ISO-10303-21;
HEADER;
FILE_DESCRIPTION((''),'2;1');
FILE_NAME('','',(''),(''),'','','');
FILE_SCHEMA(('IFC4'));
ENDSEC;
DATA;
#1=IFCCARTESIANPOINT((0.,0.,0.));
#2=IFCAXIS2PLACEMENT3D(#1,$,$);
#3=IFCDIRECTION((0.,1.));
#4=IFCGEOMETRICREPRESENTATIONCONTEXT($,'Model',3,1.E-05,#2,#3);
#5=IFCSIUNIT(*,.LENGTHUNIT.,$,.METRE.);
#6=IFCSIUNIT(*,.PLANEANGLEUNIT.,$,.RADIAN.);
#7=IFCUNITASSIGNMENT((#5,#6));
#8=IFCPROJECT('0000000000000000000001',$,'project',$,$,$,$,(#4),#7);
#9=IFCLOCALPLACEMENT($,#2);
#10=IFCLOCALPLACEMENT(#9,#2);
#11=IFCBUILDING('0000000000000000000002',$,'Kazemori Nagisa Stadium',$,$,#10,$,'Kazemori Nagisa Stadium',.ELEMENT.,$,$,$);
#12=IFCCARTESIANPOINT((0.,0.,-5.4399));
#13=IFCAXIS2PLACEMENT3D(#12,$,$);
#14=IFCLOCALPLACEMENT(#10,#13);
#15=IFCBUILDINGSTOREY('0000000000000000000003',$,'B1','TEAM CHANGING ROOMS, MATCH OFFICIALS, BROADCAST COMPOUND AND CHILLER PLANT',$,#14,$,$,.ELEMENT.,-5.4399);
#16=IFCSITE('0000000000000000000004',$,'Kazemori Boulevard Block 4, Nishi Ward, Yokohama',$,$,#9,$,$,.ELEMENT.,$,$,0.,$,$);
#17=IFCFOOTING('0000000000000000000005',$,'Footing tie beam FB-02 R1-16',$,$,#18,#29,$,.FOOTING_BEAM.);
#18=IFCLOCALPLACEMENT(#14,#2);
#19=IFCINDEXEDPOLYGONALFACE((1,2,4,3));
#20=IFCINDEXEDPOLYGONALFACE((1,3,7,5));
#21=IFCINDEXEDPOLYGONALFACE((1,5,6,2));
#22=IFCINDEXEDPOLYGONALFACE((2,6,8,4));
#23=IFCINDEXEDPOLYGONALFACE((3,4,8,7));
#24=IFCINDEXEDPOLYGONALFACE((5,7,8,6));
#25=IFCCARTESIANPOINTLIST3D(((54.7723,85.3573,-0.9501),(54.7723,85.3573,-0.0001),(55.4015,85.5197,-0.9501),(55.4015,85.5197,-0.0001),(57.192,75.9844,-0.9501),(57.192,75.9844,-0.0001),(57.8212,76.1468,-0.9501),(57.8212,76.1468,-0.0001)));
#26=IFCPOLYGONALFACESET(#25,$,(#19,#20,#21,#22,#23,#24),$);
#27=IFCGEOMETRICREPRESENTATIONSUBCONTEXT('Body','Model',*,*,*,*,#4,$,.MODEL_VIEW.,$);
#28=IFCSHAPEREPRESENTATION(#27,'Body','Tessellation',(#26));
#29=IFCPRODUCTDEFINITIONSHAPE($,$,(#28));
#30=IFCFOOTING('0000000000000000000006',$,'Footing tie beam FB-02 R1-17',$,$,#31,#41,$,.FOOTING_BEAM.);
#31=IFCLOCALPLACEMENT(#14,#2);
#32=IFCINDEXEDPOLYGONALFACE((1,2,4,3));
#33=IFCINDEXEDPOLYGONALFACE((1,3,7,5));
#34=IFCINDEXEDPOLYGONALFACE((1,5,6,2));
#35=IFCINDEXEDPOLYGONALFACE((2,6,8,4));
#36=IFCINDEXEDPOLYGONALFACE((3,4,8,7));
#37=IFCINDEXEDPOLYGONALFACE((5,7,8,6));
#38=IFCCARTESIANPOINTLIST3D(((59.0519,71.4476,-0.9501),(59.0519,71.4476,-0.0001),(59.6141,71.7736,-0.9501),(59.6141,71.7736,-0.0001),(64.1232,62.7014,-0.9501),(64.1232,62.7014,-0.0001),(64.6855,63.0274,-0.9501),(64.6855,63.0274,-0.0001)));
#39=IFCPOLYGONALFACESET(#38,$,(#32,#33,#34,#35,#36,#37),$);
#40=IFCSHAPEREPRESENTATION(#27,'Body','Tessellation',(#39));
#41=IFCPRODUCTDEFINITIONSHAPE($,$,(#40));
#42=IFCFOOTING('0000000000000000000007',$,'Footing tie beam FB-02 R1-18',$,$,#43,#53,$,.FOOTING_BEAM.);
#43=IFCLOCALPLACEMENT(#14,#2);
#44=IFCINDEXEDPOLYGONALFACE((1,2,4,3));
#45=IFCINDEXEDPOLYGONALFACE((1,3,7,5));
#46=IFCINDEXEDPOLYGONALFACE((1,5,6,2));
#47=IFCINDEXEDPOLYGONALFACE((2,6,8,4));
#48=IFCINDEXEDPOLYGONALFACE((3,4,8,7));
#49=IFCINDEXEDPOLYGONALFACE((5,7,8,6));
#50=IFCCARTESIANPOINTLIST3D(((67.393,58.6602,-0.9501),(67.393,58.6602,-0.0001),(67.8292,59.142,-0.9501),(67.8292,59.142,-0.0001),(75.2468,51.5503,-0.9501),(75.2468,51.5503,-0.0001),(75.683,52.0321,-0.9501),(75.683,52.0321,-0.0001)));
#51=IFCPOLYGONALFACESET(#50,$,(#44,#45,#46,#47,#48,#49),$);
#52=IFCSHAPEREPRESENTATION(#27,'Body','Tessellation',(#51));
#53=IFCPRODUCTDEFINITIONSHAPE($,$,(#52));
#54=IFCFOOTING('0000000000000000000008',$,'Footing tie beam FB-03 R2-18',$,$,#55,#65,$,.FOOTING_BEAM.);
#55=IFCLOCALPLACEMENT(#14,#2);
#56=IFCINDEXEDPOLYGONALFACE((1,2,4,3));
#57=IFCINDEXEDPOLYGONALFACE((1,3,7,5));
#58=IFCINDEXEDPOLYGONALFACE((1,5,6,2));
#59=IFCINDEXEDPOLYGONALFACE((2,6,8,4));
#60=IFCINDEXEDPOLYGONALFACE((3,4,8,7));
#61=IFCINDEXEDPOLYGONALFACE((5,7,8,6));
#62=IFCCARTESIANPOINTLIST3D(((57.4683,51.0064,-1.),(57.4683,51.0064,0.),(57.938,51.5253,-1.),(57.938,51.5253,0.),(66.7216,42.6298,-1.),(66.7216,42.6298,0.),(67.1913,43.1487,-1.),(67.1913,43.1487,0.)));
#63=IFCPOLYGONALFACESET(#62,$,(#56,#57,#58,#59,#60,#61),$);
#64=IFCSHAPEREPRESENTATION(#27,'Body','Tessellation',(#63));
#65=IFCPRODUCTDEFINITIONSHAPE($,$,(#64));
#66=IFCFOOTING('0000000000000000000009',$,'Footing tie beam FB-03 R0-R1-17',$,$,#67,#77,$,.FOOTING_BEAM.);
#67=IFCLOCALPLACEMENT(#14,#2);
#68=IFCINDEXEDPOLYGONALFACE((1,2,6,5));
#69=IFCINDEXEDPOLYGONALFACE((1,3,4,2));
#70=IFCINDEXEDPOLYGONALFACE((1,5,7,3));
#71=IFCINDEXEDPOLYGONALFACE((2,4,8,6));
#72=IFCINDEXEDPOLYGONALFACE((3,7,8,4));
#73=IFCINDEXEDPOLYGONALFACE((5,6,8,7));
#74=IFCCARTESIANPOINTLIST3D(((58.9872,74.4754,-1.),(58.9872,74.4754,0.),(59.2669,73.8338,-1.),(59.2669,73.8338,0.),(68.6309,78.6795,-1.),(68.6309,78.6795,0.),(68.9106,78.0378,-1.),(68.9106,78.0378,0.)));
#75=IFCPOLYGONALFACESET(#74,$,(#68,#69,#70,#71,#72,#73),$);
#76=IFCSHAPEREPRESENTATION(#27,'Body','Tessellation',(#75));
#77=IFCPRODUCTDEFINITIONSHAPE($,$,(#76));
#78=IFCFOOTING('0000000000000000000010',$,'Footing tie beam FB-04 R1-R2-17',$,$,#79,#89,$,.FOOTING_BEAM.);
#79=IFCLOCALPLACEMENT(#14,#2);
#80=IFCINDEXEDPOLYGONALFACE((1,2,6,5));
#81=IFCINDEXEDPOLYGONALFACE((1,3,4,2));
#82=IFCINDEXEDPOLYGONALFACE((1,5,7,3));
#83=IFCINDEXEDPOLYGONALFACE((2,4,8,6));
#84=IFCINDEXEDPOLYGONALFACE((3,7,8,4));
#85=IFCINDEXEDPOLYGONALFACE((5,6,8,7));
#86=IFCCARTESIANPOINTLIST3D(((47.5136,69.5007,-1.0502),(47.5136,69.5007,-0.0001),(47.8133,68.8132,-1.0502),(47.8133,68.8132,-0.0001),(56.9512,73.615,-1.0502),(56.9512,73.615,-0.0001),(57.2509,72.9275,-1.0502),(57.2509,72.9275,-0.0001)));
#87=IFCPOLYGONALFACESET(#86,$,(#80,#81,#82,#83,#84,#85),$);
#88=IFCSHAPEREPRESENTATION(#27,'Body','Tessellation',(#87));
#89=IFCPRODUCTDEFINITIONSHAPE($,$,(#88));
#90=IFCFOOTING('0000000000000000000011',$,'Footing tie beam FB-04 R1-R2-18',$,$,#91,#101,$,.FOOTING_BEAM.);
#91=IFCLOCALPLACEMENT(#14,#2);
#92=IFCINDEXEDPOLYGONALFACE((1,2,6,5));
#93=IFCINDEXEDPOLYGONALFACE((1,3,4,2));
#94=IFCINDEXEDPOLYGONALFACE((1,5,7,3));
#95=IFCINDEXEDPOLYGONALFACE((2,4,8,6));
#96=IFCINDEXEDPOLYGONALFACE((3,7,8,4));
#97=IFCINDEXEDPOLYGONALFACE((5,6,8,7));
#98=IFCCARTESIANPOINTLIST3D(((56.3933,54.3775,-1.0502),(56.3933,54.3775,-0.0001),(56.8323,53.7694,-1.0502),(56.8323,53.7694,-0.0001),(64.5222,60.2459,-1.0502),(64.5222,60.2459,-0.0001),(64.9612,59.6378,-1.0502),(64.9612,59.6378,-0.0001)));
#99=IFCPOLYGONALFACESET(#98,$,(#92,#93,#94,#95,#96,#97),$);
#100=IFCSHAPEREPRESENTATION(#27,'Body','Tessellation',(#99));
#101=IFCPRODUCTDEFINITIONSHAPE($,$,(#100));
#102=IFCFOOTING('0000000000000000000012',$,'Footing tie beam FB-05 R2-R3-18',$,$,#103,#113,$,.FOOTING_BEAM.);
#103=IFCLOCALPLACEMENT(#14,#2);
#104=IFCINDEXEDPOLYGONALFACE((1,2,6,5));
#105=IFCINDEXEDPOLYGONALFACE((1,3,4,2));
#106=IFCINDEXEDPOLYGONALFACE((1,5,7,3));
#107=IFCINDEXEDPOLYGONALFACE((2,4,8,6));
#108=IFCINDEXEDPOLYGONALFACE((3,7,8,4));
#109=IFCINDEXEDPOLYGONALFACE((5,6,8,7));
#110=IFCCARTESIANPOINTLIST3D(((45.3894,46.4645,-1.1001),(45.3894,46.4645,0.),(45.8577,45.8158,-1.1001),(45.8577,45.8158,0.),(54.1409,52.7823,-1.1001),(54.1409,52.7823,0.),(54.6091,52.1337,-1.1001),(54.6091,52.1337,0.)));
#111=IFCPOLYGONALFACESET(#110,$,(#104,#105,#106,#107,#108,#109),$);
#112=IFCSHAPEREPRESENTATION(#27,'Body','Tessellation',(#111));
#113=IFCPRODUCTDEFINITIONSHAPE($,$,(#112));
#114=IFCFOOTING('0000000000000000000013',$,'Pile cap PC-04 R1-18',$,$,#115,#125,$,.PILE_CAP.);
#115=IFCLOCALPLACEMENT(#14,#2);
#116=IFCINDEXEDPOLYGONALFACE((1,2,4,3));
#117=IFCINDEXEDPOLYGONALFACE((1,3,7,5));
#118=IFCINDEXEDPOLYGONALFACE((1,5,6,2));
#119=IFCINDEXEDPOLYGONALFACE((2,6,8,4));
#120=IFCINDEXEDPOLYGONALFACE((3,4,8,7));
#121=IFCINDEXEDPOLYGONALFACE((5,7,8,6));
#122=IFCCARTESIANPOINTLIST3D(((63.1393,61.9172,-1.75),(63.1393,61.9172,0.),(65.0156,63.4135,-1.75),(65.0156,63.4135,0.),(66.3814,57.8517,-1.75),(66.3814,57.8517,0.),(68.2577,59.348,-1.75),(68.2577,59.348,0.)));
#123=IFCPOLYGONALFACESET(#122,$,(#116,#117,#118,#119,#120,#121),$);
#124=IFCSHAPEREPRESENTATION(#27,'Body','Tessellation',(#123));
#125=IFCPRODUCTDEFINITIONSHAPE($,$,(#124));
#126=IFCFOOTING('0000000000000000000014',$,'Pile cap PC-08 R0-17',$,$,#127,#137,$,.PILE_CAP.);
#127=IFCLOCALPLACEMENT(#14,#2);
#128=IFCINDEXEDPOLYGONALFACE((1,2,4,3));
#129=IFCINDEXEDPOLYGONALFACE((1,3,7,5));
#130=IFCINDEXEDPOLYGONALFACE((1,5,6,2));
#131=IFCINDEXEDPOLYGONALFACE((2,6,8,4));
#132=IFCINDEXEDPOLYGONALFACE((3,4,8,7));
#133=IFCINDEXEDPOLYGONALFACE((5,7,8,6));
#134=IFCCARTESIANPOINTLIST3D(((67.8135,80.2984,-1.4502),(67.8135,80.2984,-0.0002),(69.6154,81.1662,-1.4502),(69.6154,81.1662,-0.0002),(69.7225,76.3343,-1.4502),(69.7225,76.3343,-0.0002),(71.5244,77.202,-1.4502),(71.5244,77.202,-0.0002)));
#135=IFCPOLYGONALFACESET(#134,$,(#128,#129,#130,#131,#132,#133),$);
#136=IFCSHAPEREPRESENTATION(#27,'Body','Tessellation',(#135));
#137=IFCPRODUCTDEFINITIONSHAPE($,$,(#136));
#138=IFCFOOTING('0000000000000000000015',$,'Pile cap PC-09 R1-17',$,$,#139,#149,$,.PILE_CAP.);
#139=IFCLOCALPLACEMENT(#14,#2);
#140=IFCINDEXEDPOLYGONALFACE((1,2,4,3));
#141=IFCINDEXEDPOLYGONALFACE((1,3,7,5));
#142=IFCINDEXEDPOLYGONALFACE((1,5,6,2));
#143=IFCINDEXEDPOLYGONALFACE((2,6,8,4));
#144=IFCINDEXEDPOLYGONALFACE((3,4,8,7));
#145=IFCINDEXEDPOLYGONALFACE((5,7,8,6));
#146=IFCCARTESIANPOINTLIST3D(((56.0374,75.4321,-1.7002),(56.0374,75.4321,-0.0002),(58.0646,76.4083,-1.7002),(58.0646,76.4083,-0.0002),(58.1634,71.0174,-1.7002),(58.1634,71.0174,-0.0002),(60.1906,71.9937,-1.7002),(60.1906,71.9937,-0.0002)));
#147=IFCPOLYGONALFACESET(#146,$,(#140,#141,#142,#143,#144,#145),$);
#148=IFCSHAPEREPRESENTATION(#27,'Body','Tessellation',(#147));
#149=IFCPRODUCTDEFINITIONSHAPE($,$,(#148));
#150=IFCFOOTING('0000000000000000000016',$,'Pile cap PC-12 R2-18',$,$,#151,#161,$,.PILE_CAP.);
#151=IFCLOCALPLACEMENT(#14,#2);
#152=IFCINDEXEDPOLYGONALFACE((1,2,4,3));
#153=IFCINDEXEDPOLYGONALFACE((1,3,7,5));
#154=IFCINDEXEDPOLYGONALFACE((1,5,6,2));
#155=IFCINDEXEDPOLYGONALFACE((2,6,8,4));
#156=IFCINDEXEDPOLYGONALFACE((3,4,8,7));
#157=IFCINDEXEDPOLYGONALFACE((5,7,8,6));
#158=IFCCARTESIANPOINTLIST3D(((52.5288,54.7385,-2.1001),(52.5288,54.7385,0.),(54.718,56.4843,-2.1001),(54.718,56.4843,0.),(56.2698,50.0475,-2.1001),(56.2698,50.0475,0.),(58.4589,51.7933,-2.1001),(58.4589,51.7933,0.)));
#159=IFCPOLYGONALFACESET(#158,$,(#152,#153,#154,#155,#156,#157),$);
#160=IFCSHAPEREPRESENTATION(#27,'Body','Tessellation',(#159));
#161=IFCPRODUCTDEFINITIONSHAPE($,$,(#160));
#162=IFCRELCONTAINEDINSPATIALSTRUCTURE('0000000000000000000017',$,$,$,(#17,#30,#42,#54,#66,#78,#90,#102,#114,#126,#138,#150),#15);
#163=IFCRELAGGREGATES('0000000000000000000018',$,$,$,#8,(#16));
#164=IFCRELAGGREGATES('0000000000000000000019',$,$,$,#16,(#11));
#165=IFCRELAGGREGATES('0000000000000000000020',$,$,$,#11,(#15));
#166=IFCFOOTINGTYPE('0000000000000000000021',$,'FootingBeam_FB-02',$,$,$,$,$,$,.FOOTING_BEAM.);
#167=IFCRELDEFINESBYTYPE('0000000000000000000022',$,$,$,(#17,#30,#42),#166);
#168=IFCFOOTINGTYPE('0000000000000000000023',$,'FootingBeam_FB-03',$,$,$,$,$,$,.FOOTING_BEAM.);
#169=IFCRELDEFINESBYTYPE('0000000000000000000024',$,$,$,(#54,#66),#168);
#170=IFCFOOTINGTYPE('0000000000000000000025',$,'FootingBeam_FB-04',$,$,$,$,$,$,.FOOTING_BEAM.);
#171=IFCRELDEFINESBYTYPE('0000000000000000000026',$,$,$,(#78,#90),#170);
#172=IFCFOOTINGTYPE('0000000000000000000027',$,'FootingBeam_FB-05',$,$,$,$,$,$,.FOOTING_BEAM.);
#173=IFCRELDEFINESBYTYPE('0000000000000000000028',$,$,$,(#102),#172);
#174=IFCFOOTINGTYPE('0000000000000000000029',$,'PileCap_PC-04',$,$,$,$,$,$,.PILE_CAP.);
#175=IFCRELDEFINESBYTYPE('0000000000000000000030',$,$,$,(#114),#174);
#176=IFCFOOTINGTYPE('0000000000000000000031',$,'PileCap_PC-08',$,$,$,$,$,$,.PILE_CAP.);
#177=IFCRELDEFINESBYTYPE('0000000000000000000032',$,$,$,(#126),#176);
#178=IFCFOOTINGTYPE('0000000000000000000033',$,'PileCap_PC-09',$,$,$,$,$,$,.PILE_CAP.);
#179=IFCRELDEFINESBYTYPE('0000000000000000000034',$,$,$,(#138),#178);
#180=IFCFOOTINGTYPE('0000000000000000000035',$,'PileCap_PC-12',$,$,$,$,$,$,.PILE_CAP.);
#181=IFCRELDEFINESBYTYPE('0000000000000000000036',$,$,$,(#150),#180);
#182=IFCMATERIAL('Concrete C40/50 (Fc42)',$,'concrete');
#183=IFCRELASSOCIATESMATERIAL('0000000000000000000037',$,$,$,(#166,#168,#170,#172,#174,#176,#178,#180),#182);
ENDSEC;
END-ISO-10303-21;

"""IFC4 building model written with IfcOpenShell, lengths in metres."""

from ifc_helpers import new_model, si_unit, direction, frame, origin, origin_2d, place, context, subcontext, project, spatial, rectangle, extrude, material, material_profile, profile_set, type_object, element, save


model = new_model("IFC4")

# Units and contexts
model_context = context("Model", 3, precision=1e-05, world=origin(), true_north=direction((0.0, 1.0)))
body_context = subcontext(model_context, "Body", "Model", "MODEL_VIEW")
ifc_project = project(units=[si_unit("LENGTHUNIT", "METRE"), si_unit("PLANEANGLEUNIT", "RADIAN")], contexts=[model_context])

# Site, building, storey
site_placement = place(None, origin())
site = spatial("IfcSite", under=ifc_project, at=site_placement, Name="Kazemori Boulevard Block 4, Nishi Ward, Yokohama", CompositionType="ELEMENT", RefElevation=0.0)
building_placement = place(site_placement, origin())
building = spatial("IfcBuilding", under=site, at=building_placement, Name="Kazemori Nagisa Stadium", LongName="Kazemori Nagisa Stadium", CompositionType="ELEMENT")
storey_placement = place(building_placement, frame((0.0, 0.0, -5.4399)))
storey = spatial("IfcBuildingStorey", under=building, at=storey_placement, Name="B1", Description="TEAM CHANGING ROOMS, MATCH OFFICIALS, BROADCAST COMPOUND AND CHILLER PLANT", CompositionType="ELEMENT", Elevation=-5.4399)

# Footings
ifc_material_1 = material(Name="Concrete C40/50 (Fc42)", Category="concrete")
ifc_material_profile_1 = material_profile(ifc_material_1, rectangle(XDim=0.6499, YDim=0.95, at=origin_2d()), Name="RC-FB-650x950")
ifc_profile_set_1 = profile_set([ifc_material_profile_1], Name="Concrete C40/50 (Fc42)")
footing_type_1 = type_object("IfcFootingType", Name="FootingBeam_FB-02", PredefinedType="FOOTING_BEAM", material=ifc_profile_set_1)
footing_1_placement = place(storey_placement, frame((55.0869, 85.4385, -0.4751), z_axis=(0.249964, -0.968255, 0.0), x_axis=(0.968255, 0.249964, 0.0)))
element("IfcFooting", 1, at=footing_1_placement, inside=storey, type_object=footing_type_1, Name="Footing tie beam FB-02 R1-16", PredefinedType="FOOTING_BEAM", context=body_context, shape_type="SweptSolid", body=[
    extrude(rectangle(XDim=0.6499, YDim=0.95, at=origin_2d()), origin(), (0.0, 0.0, 1.0), 9.6802),
])
footing_2_placement = place(storey_placement, frame((59.333, 71.6106, -0.4751), z_axis=(0.501611, -0.865093, 0.0), x_axis=(0.865093, 0.501611, 0.0)))
element("IfcFooting", 2, at=footing_2_placement, inside=storey, type_object=footing_type_1, Name="Footing tie beam FB-02 R1-17", PredefinedType="FOOTING_BEAM", context=body_context, shape_type="SweptSolid", body=[
    extrude(rectangle(XDim=0.6499, YDim=0.95, at=origin_2d()), origin(), (0.0, 0.0, 1.0), 10.1101),
])
footing_3_placement = place(storey_placement, frame((67.6111, 58.9011, -0.4751), z_axis=(0.741344, -0.671125, 0.0), x_axis=(0.671125, 0.741344, 0.0)))
element("IfcFooting", 3, at=footing_3_placement, inside=storey, type_object=footing_type_1, Name="Footing tie beam FB-02 R1-18", PredefinedType="FOOTING_BEAM", context=body_context, shape_type="SweptSolid", body=[
    extrude(rectangle(XDim=0.6499, YDim=0.95, at=origin_2d()), origin(), (0.0, 0.0, 1.0), 10.594),
])
ifc_material_profile_2 = material_profile(ifc_material_1, rectangle(XDim=0.7, YDim=1.0, at=origin_2d()), Name="RC-FB-700x1000")
ifc_profile_set_2 = profile_set([ifc_material_profile_2], Name="Concrete C40/50 (Fc42)")
footing_type_2 = type_object("IfcFootingType", Name="FootingBeam_FB-03", PredefinedType="FOOTING_BEAM", material=ifc_profile_set_2)
footing_4_placement = place(storey_placement, frame((57.7031, 51.2659, -0.5), z_axis=(0.741354, -0.671115, 0.0), x_axis=(0.671115, 0.741354, 0.0)))
element("IfcFooting", 4, at=footing_4_placement, inside=storey, type_object=footing_type_2, Name="Footing tie beam FB-03 R2-18", PredefinedType="FOOTING_BEAM", context=body_context, shape_type="SweptSolid", body=[
    extrude(rectangle(XDim=0.7, YDim=1.0, at=origin_2d()), origin(), (0.0, 0.0, 1.0), 12.4817),
])
footing_5_placement = place(storey_placement, frame((68.7708, 78.3586, -0.5), z_axis=(-0.916682, -0.399617, 0.0), x_axis=(0.399617, -0.916682, 0.0)))
element("IfcFooting", 5, at=footing_5_placement, inside=storey, type_object=footing_type_2, Name="Footing tie beam FB-03 R0-R1-17", PredefinedType="FOOTING_BEAM", context=body_context, shape_type="SweptSolid", body=[
    extrude(rectangle(XDim=0.7, YDim=1.0, at=origin_2d()), origin(), (0.0, 0.0, 1.0), 10.5203),
])
ifc_material_profile_3 = material_profile(ifc_material_1, rectangle(XDim=0.75, YDim=1.05, at=origin_2d()), Name="RC-FB-750x1050")
ifc_profile_set_3 = profile_set([ifc_material_profile_3], Name="Concrete C40/50 (Fc42)")
footing_type_3 = type_object("IfcFootingType", Name="FootingBeam_FB-04", PredefinedType="FOOTING_BEAM", material=ifc_profile_set_3)
footing_6_placement = place(storey_placement, frame((57.1011, 73.2712, -0.5251), z_axis=(-0.916679, -0.399624, 0.0), x_axis=(0.399624, -0.916679, 0.0)))
element("IfcFooting", 6, at=footing_6_placement, inside=storey, type_object=footing_type_3, Name="Footing tie beam FB-04 R1-R2-17", PredefinedType="FOOTING_BEAM", context=body_context, shape_type="SweptSolid", body=[
    extrude(rectangle(XDim=0.75, YDim=1.05, at=origin_2d()), origin(), (0.0, 0.0, 1.0), 10.2954),
])
footing_7_placement = place(storey_placement, frame((64.7417, 59.9419, -0.5251), z_axis=(-0.810796, -0.585329, 0.0), x_axis=(0.585329, -0.810796, 0.0)))
element("IfcFooting", 7, at=footing_7_placement, inside=storey, type_object=footing_type_3, Name="Footing tie beam FB-04 R1-R2-18", PredefinedType="FOOTING_BEAM", context=body_context, shape_type="SweptSolid", body=[
    extrude(rectangle(XDim=0.75, YDim=1.05, at=origin_2d()), origin(), (0.0, 0.0, 1.0), 10.0259),
])
ifc_material_profile_4 = material_profile(ifc_material_1, rectangle(XDim=0.8, YDim=1.1001, at=origin_2d()), Name="RC-FB-800x1100")
ifc_profile_set_4 = profile_set([ifc_material_profile_4], Name="Concrete C40/50 (Fc42)")
footing_type_4 = type_object("IfcFootingType", Name="FootingBeam_FB-05", PredefinedType="FOOTING_BEAM", material=ifc_profile_set_4)
footing_8_placement = place(storey_placement, frame((54.375, 52.458, -0.55), z_axis=(-0.810795, -0.58533, 0.0), x_axis=(0.58533, -0.810795, 0.0)))
element("IfcFooting", 8, at=footing_8_placement, inside=storey, type_object=footing_type_4, Name="Footing tie beam FB-05 R2-R3-18", PredefinedType="FOOTING_BEAM", context=body_context, shape_type="SweptSolid", body=[
    extrude(rectangle(XDim=0.8, YDim=1.1001, at=origin_2d()), origin(), (0.0, 0.0, 1.0), 10.7937),
])
footing_type_5 = type_object("IfcFootingType", Name="PileCap_PC-04", PredefinedType="PILE_CAP", material=ifc_material_1)
footing_9_placement = place(storey_placement, frame((65.6985, 60.6326, -1.75), z_axis=(0.0, 0.0, 1.0), x_axis=(0.62349, -0.781831, 0.0)))
element("IfcFooting", 9, at=footing_9_placement, inside=storey, type_object=footing_type_5, Name="Pile cap PC-04 R1-18", PredefinedType="PILE_CAP", context=body_context, shape_type="SweptSolid", body=[
    extrude(rectangle(XDim=5.2, YDim=2.3999, at=origin_2d()), origin(), (0.0, 0.0, 1.0), 1.75),
])
footing_type_6 = type_object("IfcFootingType", Name="PileCap_PC-08", PredefinedType="PILE_CAP", material=ifc_material_1)
footing_10_placement = place(storey_placement, frame((69.6689, 78.7502, -1.4502), z_axis=(0.0, 0.0, 1.0), x_axis=(0.433884, -0.900969, 0.0)))
element("IfcFooting", 10, at=footing_10_placement, inside=storey, type_object=footing_type_6, Name="Pile cap PC-08 R0-17", PredefinedType="PILE_CAP", context=body_context, shape_type="SweptSolid", body=[
    extrude(rectangle(XDim=4.3999, YDim=2.0, at=origin_2d()), origin(), (0.0, 0.0, 1.0), 1.45),
])
footing_type_7 = type_object("IfcFootingType", Name="PileCap_PC-09", PredefinedType="PILE_CAP", material=ifc_material_1)
footing_11_placement = place(storey_placement, frame((58.114, 73.7129, -1.7002), z_axis=(0.0, 0.0, 1.0), x_axis=(0.433884, -0.900969, 0.0)))
element("IfcFooting", 11, at=footing_11_placement, inside=storey, type_object=footing_type_7, Name="Pile cap PC-09 R1-17", PredefinedType="PILE_CAP", context=body_context, shape_type="SweptSolid", body=[
    extrude(rectangle(XDim=4.8999, YDim=2.25, at=origin_2d()), origin(), (0.0, 0.0, 1.0), 1.7),
])
footing_type_8 = type_object("IfcFootingType", Name="PileCap_PC-12", PredefinedType="PILE_CAP", material=ifc_material_1)
footing_12_placement = place(storey_placement, frame((55.4939, 53.2659, -2.1001), z_axis=(0.0, 0.0, 1.0), x_axis=(0.62349, -0.781831, 0.0)))
element("IfcFooting", 12, at=footing_12_placement, inside=storey, type_object=footing_type_8, Name="Pile cap PC-12 R2-18", PredefinedType="PILE_CAP", context=body_context, shape_type="SweptSolid", body=[
    extrude(rectangle(XDim=6.0, YDim=2.8, at=origin_2d()), origin(), (0.0, 0.0, 1.0), 2.1001),
])

save(model, "model.ifc")
